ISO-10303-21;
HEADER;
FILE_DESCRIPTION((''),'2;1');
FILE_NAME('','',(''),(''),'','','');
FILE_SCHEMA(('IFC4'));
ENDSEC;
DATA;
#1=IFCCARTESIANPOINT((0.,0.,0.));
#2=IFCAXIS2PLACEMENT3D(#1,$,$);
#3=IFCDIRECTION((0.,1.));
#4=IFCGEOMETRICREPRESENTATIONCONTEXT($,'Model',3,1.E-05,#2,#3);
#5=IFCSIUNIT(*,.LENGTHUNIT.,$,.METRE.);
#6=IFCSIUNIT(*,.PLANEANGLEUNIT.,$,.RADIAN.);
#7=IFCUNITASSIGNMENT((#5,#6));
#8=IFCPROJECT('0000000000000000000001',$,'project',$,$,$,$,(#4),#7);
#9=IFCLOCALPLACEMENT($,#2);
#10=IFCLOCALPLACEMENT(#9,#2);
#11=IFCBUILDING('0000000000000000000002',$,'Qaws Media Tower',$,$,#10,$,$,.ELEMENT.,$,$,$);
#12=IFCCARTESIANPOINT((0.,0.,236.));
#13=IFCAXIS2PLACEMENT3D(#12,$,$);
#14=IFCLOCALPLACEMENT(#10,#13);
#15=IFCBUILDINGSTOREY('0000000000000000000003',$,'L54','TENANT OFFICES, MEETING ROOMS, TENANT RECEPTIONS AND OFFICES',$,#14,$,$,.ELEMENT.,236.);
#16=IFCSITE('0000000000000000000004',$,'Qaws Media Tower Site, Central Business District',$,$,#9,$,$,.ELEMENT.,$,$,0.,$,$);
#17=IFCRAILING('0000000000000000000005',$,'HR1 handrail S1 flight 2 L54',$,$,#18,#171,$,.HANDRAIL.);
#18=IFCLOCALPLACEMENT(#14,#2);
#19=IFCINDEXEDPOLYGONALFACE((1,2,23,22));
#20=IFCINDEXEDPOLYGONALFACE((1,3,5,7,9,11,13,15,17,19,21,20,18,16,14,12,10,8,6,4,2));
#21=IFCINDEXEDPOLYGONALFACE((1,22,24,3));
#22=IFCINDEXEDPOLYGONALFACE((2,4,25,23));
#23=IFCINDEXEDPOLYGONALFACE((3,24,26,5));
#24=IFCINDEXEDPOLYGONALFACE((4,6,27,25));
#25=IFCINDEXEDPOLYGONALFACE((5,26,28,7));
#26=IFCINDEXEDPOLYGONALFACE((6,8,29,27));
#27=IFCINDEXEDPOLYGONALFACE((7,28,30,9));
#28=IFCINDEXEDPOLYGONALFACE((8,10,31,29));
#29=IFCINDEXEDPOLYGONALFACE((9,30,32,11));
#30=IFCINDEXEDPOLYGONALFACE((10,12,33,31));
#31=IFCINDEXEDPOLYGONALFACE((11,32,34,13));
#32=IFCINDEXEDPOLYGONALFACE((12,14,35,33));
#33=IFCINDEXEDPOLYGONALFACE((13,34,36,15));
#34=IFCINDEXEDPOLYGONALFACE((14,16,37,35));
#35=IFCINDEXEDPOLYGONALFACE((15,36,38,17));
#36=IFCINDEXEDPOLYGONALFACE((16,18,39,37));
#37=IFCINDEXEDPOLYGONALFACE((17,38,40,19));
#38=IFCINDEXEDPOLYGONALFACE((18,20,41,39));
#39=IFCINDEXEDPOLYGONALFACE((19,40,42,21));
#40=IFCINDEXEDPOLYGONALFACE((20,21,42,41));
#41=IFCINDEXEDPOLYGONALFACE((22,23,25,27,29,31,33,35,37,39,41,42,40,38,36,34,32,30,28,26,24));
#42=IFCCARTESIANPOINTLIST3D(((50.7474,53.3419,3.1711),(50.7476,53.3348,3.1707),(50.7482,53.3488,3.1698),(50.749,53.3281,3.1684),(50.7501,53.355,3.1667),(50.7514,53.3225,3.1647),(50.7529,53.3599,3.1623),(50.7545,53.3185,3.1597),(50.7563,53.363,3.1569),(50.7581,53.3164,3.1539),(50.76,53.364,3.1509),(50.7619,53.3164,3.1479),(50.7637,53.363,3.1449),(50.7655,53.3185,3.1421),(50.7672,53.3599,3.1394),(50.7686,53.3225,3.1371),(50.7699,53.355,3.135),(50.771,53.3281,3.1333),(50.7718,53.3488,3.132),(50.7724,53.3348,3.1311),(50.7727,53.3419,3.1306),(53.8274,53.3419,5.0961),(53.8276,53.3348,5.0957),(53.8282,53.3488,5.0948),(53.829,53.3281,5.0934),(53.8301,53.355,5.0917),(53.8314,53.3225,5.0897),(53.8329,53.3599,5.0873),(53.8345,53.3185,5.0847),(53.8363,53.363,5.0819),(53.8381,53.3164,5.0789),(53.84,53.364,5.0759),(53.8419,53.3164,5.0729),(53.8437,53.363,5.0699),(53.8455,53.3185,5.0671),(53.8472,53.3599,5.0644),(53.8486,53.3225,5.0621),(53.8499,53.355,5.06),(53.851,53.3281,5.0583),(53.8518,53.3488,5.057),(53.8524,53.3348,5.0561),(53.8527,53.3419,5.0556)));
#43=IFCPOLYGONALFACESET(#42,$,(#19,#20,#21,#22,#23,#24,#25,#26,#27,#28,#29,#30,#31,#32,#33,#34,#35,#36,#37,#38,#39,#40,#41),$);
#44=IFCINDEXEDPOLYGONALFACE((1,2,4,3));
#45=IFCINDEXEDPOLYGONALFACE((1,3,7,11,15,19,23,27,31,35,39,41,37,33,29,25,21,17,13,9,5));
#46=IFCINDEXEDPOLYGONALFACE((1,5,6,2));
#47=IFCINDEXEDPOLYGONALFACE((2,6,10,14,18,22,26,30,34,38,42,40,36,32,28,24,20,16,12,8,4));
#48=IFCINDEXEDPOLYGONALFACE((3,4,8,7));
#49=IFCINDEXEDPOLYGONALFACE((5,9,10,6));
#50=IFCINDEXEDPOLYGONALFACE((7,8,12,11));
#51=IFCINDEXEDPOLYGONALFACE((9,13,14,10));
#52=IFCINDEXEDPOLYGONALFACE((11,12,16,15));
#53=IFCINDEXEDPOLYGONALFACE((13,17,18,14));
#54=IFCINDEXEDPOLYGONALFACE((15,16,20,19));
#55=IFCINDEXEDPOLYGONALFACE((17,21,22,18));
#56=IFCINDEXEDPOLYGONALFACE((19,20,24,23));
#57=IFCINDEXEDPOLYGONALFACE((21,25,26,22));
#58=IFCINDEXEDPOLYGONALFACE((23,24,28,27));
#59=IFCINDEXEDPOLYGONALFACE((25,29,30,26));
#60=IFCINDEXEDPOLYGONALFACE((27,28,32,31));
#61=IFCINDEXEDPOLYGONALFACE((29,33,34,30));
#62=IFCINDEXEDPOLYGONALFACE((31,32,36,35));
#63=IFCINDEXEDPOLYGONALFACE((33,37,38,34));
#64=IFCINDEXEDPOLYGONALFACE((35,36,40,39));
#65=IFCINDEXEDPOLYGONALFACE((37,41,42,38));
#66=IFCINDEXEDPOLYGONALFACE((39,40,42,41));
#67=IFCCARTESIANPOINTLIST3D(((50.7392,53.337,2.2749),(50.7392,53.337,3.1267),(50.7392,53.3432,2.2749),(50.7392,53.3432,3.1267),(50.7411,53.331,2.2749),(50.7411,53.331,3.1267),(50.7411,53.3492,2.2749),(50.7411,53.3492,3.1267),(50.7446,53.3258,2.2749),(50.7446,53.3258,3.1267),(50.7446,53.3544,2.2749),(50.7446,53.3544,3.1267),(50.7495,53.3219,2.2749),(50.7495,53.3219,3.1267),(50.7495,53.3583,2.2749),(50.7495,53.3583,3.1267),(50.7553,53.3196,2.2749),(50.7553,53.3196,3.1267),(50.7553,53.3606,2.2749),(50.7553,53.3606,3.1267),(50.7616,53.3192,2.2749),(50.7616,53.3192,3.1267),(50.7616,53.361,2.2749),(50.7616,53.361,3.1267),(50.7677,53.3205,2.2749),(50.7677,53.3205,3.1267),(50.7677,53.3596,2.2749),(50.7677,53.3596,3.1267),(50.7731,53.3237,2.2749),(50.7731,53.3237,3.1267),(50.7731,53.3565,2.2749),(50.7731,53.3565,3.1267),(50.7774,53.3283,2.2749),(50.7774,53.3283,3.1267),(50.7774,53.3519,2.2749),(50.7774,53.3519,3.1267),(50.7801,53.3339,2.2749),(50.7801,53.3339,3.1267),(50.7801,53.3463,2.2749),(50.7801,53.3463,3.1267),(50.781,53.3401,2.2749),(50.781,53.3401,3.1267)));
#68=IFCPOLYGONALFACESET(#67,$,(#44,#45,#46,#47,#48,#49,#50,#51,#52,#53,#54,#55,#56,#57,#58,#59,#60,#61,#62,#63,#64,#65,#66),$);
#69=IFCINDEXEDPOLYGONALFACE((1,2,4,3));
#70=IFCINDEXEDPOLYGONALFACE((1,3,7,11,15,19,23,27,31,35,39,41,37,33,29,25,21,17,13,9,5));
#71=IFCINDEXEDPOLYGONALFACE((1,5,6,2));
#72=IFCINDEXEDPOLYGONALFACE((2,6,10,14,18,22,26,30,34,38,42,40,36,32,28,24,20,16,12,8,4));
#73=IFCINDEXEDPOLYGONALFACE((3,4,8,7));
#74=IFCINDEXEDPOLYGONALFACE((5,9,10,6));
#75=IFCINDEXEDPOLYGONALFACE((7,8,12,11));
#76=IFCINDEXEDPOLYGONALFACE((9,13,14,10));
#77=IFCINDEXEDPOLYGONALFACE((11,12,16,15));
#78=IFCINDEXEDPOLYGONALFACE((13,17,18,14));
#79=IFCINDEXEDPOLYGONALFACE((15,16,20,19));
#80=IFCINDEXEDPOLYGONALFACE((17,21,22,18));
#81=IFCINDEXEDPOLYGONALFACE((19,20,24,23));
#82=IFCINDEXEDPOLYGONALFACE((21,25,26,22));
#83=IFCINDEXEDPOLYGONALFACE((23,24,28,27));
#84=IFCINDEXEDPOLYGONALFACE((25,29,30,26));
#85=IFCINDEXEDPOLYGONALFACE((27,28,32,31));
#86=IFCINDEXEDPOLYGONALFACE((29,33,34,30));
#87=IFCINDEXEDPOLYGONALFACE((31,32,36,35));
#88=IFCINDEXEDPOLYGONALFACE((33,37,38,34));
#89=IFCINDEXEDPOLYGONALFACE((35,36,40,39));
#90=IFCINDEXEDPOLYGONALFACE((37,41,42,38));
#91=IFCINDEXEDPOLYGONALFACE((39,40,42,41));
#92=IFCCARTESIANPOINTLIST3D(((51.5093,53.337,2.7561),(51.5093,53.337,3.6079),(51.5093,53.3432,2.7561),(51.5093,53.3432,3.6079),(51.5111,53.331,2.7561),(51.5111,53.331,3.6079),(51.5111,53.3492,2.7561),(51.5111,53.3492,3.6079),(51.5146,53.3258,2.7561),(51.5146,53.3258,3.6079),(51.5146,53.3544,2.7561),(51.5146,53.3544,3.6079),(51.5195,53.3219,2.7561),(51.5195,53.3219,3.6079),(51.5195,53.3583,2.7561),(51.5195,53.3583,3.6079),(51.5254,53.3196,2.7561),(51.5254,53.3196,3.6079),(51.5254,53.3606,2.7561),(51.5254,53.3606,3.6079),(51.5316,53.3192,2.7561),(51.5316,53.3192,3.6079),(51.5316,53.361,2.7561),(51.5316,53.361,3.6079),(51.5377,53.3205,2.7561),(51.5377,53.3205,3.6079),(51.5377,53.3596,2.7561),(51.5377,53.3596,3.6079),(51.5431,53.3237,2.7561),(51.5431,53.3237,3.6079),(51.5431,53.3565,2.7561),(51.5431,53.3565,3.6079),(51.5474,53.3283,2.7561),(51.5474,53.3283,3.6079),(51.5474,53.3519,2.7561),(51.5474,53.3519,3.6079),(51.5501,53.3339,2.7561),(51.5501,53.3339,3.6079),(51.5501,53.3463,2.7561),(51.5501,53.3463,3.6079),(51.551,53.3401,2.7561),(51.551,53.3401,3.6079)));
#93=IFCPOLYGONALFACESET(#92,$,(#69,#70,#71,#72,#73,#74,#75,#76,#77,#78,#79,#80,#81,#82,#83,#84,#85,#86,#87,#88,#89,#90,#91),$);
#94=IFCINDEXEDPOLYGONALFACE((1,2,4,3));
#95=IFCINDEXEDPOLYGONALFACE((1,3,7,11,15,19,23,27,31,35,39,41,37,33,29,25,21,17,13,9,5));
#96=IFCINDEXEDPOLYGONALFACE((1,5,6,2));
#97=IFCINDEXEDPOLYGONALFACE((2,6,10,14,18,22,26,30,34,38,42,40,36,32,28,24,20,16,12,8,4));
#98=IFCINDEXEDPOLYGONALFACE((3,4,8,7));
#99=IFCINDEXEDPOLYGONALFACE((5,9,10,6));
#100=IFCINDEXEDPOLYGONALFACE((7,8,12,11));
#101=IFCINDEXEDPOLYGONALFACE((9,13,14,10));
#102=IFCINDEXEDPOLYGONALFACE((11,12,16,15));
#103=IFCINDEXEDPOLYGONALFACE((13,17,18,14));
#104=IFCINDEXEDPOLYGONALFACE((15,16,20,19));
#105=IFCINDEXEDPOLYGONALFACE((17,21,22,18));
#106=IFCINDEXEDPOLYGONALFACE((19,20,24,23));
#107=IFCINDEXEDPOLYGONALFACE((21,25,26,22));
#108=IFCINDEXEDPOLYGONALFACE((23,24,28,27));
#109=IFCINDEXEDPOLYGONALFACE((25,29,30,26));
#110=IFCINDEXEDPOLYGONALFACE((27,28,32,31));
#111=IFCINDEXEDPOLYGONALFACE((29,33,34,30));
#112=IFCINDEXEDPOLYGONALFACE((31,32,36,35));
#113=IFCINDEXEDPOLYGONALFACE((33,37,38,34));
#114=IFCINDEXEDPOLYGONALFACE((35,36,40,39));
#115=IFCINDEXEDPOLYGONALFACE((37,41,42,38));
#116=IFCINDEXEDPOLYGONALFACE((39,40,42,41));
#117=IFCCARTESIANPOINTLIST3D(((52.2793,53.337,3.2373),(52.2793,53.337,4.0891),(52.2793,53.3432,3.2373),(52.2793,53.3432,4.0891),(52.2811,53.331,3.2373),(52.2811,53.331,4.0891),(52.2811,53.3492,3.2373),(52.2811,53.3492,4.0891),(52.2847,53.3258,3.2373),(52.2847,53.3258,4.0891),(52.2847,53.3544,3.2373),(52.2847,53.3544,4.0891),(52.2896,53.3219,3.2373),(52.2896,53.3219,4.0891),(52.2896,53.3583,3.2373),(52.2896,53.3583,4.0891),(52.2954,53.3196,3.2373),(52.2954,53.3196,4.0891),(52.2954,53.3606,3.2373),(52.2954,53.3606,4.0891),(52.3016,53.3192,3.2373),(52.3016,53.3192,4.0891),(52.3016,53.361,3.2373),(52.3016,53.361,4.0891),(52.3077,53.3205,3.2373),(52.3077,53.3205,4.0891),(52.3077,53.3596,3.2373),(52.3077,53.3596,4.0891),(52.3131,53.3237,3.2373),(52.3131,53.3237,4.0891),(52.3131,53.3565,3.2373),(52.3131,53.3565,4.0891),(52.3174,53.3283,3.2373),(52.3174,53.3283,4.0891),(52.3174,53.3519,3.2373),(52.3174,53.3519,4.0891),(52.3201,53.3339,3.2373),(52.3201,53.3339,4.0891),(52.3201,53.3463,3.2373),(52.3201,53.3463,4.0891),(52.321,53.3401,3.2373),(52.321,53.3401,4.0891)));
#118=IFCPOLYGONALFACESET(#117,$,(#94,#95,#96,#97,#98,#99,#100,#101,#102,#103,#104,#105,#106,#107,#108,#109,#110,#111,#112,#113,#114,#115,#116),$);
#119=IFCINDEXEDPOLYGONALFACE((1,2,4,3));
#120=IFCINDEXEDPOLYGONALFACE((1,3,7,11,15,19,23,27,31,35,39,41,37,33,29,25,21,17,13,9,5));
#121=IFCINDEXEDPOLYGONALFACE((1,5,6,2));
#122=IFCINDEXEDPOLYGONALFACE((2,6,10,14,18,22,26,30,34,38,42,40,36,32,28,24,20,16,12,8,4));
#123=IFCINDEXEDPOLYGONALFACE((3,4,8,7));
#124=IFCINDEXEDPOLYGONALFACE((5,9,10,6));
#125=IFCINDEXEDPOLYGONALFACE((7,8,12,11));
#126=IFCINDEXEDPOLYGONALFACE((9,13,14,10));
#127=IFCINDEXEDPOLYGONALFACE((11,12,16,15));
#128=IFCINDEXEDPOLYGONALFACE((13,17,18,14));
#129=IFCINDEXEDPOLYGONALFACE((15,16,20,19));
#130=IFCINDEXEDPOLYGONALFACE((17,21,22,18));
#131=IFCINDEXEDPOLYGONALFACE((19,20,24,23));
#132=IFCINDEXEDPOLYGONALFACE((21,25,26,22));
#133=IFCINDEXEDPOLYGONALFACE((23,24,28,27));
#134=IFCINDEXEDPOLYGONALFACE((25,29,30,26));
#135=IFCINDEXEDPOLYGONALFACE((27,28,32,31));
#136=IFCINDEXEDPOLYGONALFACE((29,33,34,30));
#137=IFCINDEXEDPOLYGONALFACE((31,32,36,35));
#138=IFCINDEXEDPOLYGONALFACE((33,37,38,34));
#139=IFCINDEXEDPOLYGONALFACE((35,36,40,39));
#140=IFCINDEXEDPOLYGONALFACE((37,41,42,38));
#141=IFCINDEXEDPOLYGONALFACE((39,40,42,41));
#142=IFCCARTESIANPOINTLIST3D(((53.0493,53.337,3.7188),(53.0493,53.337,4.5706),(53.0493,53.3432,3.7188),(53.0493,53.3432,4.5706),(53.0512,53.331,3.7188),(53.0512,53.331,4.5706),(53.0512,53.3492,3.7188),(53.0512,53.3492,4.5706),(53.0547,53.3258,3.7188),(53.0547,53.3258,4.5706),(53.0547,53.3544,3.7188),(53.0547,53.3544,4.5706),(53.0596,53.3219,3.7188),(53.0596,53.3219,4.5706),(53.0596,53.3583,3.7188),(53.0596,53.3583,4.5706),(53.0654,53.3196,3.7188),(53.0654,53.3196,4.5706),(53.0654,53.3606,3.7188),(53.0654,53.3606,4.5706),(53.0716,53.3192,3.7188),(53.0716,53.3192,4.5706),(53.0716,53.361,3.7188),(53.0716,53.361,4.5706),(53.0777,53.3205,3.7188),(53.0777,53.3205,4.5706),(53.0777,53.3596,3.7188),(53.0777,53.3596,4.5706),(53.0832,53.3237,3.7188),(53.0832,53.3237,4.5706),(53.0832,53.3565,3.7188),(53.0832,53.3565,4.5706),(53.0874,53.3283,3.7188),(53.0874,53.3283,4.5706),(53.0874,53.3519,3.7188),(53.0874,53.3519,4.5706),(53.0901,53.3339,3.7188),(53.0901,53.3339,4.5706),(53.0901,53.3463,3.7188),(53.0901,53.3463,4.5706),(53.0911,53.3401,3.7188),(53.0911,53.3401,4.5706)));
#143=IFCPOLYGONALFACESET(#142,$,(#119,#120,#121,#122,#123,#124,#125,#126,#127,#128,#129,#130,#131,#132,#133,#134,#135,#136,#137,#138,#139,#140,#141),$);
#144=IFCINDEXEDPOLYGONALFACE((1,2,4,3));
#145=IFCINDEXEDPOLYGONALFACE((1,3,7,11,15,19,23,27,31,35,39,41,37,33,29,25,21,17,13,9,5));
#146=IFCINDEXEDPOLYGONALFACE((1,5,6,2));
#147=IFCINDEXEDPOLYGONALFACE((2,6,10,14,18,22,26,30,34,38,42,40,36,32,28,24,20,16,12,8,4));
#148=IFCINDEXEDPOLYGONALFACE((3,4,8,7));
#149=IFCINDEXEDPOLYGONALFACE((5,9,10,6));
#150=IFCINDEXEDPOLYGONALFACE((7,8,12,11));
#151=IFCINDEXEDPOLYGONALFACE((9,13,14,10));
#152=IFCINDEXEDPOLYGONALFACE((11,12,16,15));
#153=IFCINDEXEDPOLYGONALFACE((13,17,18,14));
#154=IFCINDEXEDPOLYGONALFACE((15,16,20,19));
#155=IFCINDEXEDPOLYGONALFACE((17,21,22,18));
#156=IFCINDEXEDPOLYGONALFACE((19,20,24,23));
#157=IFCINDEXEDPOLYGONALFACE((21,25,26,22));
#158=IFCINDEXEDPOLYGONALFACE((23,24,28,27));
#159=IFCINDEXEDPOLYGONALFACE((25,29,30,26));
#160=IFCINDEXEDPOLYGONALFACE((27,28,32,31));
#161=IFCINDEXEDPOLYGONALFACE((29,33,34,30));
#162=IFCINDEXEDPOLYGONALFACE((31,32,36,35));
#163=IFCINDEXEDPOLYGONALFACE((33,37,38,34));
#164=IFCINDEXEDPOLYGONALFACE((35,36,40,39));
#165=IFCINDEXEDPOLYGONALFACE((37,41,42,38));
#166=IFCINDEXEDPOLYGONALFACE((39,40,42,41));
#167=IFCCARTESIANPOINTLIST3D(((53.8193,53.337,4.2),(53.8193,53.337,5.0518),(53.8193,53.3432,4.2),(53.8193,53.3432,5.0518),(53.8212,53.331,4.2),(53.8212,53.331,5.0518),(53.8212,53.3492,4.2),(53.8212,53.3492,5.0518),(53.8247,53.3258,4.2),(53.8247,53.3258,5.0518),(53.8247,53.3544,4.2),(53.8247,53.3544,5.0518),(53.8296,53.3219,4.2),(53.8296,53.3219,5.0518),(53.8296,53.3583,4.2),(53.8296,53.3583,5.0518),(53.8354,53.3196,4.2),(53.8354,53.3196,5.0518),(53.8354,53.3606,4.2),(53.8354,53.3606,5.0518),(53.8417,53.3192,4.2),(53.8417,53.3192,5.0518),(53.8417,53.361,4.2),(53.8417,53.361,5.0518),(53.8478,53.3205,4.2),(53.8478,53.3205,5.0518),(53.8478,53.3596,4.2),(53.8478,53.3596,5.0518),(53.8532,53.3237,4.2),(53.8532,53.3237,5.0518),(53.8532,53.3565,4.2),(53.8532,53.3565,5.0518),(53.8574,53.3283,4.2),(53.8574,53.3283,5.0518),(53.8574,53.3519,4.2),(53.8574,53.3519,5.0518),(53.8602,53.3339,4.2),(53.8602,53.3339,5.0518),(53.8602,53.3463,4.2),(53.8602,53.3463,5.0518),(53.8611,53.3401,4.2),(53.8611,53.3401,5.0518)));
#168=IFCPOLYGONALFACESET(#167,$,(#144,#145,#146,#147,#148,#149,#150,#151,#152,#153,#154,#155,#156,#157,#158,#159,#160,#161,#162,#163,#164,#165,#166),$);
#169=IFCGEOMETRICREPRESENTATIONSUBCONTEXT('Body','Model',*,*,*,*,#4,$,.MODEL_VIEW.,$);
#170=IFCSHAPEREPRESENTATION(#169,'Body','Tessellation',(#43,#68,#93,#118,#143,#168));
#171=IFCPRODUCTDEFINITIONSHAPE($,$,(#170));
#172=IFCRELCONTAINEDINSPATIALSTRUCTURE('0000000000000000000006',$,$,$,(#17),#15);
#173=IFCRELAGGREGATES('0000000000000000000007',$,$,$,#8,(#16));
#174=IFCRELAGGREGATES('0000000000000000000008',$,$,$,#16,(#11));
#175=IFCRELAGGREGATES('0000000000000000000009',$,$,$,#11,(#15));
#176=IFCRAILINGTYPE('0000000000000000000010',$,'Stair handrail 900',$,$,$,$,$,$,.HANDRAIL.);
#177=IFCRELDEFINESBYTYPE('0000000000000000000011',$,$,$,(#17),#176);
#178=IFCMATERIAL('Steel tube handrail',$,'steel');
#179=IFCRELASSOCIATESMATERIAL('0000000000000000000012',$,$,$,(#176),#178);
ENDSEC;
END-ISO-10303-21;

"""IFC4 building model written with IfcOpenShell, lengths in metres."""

from ifc_helpers import new_model, si_unit, direction, frame, origin, origin_2d, place, context, subcontext, project, spatial, circle, extrude, material, type_object, element, save


model = new_model("IFC4")

# Units and contexts
model_context = context("Model", 3, precision=1e-05, world=origin(), true_north=direction((0.0, 1.0)))
body_context = subcontext(model_context, "Body", "Model", "MODEL_VIEW")
ifc_project = project(units=[si_unit("LENGTHUNIT", "METRE"), si_unit("PLANEANGLEUNIT", "RADIAN")], contexts=[model_context])

# Site, building, storey
site_placement = place(None, origin())
site = spatial("IfcSite", under=ifc_project, at=site_placement, Name="Qaws Media Tower Site, Central Business District", CompositionType="ELEMENT", RefElevation=0.0)
building_placement = place(site_placement, origin())
building = spatial("IfcBuilding", under=site, at=building_placement, Name="Qaws Media Tower", CompositionType="ELEMENT")
storey_placement = place(building_placement, frame((0.0, 0.0, 236.0)))
storey = spatial("IfcBuildingStorey", under=building, at=storey_placement, Name="L54", Description="TENANT OFFICES, MEETING ROOMS, TENANT RECEPTIONS AND OFFICES", CompositionType="ELEMENT", Elevation=236.0)

# Railing
ifc_material_1 = material(Name="Steel tube handrail", Category="steel")
railing_type = type_object("IfcRailingType", Name="Stair handrail 900", PredefinedType="HANDRAIL", material=ifc_material_1)
for number, where, name in (
    (1, (50.76, 53.3401, 2.2749), "HR1 handrail S1 flight 2 L54"),
):
    element("IfcRailing", number, at=place(storey_placement, frame(where)), inside=storey, type_object=railing_type, Name=name, PredefinedType="HANDRAIL", context=body_context, shape_type="SweptSolid", body=[
        extrude(circle(Radius=0.0239, at=origin_2d()), frame((0.0, 0.0, 0.876), z_axis=(0.847998, 0.0, 0.529999), x_axis=(0.0, 1.0, 0.0)), (0.0, 0.0, 1.0), 3.6321),
        extrude(circle(Radius=0.021, at=origin_2d()), origin(), (0.0, 0.0, 1.0), 0.8518),
        extrude(circle(Radius=0.021, at=origin_2d()), frame((0.77, 0.0, 0.4812)), (0.0, 0.0, 1.0), 0.8518),
        extrude(circle(Radius=0.021, at=origin_2d()), frame((1.54, 0.0, 0.9624)), (0.0, 0.0, 1.0), 0.8518),
        extrude(circle(Radius=0.021, at=origin_2d()), frame((2.3101, 0.0, 1.4438)), (0.0, 0.0, 1.0), 0.8518),
        extrude(circle(Radius=0.021, at=origin_2d()), frame((3.0801, 0.0, 1.925)), (0.0, 0.0, 1.0), 0.8518),
    ])

save(model, "model.ifc")
